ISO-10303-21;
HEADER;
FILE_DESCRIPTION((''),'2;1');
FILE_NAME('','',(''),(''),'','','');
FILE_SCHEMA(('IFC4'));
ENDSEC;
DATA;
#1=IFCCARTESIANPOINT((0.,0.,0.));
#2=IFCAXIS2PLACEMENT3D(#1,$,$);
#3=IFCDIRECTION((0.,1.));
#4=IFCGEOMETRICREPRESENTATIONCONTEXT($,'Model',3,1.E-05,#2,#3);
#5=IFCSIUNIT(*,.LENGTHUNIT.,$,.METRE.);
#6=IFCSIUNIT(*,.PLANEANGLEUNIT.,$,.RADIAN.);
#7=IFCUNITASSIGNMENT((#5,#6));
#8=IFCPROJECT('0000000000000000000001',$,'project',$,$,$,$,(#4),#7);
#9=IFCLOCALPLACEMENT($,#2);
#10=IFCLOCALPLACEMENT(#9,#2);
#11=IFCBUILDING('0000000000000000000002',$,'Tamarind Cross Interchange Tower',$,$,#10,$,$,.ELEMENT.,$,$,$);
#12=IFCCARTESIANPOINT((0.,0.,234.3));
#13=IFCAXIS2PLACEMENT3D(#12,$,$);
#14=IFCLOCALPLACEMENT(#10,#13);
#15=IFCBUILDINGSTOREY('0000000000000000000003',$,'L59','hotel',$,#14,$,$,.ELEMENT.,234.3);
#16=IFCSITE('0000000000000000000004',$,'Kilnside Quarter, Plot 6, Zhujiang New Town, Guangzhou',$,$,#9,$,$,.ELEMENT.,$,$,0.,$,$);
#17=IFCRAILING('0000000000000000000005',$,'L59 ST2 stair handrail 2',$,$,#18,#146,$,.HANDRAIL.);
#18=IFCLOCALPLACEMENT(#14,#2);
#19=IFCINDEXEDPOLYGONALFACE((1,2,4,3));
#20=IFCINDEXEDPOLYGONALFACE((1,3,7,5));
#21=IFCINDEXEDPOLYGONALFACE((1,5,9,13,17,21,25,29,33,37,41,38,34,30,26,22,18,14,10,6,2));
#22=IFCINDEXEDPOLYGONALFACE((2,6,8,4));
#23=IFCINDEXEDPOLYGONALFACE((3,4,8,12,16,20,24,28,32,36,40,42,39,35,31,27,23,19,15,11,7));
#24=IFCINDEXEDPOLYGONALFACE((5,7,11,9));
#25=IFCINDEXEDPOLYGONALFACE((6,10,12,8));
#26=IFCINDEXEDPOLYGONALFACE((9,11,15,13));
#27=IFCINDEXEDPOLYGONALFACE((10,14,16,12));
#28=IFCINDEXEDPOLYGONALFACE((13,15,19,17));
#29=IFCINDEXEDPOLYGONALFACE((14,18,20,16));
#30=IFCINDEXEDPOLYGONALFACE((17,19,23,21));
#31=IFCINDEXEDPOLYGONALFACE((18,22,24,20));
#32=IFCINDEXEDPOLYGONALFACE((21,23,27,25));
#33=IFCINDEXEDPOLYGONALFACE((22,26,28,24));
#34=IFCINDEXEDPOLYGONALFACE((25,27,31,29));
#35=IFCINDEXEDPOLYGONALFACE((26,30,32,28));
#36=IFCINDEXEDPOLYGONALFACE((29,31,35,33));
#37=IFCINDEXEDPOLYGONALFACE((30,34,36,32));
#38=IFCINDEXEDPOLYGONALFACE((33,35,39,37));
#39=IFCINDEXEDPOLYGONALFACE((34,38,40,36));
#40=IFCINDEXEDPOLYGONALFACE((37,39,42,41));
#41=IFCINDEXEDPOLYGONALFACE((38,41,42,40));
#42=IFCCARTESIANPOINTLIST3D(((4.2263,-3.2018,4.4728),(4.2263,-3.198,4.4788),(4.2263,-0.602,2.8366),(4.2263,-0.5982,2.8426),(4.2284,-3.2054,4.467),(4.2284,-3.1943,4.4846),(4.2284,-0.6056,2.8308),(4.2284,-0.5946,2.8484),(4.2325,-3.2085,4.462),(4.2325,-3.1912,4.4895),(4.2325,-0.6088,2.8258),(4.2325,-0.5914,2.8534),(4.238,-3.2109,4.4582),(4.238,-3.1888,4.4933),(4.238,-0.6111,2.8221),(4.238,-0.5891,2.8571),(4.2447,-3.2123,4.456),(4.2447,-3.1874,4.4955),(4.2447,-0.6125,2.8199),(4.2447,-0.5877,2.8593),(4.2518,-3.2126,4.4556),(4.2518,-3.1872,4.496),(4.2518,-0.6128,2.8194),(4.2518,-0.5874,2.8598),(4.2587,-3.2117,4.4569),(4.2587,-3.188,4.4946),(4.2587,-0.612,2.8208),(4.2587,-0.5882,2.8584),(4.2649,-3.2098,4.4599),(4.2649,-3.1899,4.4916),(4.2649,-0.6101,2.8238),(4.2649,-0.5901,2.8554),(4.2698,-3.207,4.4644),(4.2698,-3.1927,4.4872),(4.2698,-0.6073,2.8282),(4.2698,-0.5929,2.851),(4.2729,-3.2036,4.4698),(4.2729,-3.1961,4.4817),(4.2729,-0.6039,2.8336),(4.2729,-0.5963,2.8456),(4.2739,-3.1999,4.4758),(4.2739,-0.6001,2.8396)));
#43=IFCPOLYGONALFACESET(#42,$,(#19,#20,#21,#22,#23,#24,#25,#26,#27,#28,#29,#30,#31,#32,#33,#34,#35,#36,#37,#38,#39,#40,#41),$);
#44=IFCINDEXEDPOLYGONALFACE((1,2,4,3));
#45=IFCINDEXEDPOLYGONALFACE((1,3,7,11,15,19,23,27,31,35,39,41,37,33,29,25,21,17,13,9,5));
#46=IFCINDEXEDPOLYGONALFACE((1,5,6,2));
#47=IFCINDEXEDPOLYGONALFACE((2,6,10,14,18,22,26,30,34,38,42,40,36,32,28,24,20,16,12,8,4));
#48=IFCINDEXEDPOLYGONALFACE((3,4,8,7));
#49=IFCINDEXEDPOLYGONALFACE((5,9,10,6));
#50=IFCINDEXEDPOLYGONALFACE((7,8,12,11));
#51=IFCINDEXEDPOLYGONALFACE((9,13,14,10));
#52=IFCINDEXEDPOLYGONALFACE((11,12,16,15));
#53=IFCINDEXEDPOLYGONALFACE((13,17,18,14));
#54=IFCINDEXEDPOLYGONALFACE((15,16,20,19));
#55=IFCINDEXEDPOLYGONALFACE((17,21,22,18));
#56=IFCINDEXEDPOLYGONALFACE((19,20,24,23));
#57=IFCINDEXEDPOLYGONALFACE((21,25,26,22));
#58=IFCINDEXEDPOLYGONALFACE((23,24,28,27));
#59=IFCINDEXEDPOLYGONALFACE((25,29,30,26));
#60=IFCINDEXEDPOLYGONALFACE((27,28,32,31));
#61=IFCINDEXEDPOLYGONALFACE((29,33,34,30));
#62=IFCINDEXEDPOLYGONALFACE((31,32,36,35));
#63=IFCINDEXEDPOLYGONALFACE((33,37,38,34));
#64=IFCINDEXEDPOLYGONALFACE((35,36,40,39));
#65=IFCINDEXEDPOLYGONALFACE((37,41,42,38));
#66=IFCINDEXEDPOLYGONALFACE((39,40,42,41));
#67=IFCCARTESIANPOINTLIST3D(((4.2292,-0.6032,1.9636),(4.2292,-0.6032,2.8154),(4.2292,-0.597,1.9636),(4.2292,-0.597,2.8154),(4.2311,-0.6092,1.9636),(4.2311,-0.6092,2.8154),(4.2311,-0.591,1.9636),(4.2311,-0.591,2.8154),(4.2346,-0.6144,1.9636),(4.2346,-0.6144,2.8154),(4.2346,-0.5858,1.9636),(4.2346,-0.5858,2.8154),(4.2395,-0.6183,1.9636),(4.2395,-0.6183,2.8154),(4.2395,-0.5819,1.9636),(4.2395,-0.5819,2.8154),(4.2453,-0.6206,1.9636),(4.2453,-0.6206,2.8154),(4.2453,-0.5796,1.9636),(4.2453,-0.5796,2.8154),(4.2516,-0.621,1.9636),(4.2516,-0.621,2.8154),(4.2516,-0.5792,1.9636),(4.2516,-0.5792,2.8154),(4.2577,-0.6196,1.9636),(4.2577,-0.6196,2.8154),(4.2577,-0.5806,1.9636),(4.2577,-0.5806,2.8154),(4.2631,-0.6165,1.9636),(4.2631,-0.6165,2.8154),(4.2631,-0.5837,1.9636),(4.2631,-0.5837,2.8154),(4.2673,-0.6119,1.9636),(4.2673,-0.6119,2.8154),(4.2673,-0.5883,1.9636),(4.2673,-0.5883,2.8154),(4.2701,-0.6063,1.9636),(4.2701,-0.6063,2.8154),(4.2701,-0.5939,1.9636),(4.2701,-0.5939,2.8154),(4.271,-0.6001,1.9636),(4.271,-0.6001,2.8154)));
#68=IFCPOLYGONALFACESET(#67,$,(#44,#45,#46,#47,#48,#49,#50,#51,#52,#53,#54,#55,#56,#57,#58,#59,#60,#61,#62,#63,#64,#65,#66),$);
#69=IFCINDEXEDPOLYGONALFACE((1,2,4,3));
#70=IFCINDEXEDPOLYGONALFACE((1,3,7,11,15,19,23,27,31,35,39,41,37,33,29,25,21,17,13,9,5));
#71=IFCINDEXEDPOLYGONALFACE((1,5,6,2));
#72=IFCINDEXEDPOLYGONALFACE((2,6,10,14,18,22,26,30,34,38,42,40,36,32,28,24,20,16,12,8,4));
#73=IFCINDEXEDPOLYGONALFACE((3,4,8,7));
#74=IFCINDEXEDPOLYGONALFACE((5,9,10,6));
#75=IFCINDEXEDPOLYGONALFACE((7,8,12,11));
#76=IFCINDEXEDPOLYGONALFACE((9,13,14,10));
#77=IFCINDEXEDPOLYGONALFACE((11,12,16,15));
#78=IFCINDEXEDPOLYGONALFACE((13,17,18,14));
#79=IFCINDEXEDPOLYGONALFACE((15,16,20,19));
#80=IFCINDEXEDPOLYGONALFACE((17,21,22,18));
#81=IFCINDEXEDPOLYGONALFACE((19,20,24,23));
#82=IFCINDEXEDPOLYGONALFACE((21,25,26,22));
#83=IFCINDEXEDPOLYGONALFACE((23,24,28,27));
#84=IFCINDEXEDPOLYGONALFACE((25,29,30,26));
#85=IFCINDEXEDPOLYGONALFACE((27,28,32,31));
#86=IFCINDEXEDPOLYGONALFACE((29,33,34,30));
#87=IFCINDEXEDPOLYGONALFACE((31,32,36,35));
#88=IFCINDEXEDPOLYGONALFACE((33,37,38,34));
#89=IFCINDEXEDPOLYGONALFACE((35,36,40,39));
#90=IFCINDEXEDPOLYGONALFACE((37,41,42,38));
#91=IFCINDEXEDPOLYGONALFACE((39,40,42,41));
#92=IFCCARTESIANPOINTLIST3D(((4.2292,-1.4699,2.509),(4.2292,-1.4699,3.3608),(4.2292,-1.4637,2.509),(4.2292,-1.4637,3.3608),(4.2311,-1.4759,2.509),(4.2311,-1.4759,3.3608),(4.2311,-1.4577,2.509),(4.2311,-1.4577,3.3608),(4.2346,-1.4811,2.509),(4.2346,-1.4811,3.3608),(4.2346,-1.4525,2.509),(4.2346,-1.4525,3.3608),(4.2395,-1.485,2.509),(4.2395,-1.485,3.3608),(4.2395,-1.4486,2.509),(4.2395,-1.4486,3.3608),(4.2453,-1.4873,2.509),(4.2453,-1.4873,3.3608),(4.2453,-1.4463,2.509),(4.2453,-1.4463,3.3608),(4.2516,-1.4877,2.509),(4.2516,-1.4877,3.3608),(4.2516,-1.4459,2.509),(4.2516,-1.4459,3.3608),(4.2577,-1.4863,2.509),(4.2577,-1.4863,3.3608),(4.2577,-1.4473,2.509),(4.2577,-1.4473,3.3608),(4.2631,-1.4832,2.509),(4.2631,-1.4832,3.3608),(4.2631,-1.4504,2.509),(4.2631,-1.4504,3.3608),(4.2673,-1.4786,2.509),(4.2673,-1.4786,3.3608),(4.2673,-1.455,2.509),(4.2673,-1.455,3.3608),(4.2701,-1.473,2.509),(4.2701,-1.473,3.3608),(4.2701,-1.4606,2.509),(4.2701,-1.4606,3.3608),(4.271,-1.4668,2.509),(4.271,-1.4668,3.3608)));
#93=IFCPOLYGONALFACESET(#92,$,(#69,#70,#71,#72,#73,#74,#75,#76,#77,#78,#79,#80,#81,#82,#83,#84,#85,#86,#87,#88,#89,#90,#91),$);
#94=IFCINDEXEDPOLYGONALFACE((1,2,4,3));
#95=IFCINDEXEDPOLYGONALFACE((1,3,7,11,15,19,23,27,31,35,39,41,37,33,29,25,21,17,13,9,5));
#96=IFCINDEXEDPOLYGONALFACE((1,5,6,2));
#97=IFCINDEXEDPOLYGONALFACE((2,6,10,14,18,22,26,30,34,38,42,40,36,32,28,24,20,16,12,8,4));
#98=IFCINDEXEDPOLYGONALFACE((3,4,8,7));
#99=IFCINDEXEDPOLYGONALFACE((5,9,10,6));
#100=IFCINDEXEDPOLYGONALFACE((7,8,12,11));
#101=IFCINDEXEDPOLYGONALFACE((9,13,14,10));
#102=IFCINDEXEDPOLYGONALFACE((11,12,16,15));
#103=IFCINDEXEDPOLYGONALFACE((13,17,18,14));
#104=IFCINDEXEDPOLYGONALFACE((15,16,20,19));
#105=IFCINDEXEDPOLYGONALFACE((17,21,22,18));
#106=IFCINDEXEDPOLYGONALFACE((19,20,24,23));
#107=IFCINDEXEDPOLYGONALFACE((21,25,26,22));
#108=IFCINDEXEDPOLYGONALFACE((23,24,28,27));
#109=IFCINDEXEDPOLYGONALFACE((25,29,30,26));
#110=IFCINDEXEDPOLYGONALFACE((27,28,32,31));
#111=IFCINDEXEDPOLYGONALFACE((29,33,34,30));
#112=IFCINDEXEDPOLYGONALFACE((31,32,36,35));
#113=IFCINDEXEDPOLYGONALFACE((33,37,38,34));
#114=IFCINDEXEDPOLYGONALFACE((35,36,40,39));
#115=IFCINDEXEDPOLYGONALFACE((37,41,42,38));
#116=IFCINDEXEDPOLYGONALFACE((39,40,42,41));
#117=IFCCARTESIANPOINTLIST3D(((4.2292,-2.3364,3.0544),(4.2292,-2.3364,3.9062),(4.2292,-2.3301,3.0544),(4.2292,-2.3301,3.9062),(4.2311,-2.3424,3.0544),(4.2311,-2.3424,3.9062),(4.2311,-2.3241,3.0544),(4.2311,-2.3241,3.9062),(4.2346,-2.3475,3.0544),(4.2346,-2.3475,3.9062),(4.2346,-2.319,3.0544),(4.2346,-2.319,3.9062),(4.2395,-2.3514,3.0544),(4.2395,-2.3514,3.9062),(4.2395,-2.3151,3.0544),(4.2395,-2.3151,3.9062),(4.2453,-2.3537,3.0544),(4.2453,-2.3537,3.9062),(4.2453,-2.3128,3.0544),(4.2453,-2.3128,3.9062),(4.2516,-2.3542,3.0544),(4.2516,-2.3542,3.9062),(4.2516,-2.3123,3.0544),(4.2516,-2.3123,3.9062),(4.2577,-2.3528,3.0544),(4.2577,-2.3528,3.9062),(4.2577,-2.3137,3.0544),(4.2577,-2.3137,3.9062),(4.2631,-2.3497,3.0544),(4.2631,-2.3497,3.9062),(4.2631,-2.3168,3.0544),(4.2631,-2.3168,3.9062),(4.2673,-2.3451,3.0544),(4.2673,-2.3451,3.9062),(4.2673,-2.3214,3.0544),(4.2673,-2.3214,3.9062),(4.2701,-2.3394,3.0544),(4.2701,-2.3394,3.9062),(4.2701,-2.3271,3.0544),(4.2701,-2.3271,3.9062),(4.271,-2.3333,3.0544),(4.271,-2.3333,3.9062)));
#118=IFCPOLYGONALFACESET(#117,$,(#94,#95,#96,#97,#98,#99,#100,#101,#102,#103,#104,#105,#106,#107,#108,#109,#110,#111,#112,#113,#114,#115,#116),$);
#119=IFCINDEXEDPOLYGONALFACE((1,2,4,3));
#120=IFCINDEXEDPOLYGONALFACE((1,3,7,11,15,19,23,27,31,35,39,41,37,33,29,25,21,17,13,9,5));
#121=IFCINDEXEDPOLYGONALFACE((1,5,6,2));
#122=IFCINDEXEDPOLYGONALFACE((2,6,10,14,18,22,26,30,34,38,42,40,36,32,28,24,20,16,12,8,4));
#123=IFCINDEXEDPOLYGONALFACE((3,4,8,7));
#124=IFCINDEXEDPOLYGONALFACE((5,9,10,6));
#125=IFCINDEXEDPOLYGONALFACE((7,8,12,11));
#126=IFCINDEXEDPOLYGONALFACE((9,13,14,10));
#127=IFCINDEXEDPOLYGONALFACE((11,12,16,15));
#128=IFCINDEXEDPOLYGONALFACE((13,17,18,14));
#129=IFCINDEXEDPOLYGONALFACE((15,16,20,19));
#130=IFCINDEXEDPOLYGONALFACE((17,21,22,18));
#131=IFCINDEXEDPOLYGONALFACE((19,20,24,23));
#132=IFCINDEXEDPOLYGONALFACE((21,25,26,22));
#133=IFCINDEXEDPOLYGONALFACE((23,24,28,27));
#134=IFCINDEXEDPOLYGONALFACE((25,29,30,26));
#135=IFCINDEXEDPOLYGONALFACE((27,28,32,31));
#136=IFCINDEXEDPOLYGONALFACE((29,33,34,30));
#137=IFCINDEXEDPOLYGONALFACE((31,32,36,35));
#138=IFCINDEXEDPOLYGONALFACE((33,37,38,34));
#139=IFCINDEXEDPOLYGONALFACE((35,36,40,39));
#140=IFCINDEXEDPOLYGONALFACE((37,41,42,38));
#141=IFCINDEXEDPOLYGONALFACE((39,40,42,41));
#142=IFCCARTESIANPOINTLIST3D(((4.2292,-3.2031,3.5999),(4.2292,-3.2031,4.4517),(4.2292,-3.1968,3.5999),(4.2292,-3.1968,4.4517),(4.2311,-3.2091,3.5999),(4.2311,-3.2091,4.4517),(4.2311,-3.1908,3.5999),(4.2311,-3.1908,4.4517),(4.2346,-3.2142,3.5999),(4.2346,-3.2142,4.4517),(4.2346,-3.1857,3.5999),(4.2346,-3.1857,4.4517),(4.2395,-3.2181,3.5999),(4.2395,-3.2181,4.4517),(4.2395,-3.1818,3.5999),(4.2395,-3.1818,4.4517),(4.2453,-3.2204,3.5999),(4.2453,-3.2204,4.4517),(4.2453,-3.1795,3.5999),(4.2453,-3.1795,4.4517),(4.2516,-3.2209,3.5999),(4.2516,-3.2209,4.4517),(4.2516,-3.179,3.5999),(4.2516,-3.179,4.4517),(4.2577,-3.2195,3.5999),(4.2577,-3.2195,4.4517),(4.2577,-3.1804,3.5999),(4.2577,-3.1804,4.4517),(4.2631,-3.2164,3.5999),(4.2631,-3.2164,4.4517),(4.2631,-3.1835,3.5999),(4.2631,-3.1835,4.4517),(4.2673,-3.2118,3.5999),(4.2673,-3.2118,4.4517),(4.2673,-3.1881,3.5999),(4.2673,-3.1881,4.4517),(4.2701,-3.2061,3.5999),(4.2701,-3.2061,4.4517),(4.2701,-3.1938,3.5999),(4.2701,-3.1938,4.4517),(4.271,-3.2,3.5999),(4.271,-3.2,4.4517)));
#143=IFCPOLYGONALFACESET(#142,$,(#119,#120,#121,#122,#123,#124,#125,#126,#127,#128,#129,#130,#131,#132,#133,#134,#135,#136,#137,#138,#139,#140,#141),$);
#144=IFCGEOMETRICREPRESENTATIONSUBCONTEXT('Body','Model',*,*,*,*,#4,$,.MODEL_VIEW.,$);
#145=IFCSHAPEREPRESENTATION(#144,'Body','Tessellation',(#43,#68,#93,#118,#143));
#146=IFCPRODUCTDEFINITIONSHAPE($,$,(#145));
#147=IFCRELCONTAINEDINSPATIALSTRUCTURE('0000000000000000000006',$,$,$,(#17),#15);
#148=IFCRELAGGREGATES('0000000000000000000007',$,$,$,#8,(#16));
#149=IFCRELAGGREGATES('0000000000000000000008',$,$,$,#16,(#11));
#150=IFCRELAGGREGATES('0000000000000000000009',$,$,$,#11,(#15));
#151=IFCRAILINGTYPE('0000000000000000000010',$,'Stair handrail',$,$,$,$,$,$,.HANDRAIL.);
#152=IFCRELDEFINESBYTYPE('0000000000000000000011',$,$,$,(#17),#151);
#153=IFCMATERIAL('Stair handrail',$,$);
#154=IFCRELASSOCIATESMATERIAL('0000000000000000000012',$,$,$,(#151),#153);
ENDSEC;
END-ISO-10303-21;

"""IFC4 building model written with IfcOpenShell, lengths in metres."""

from ifc_helpers import new_model, si_unit, direction, frame, origin, origin_2d, place, context, subcontext, project, spatial, circle, extrude, material, type_object, element, save


model = new_model("IFC4")

# Units and contexts
model_context = context("Model", 3, precision=1e-05, world=origin(), true_north=direction((0.0, 1.0)))
body_context = subcontext(model_context, "Body", "Model", "MODEL_VIEW")
ifc_project = project(units=[si_unit("LENGTHUNIT", "METRE"), si_unit("PLANEANGLEUNIT", "RADIAN")], contexts=[model_context])

# Site, building, storey
site_placement = place(None, origin())
site = spatial("IfcSite", under=ifc_project, at=site_placement, Name="Kilnside Quarter, Plot 6, Zhujiang New Town, Guangzhou", CompositionType="ELEMENT", RefElevation=0.0)
building_placement = place(site_placement, origin())
building = spatial("IfcBuilding", under=site, at=building_placement, Name="Tamarind Cross Interchange Tower", CompositionType="ELEMENT")
storey_placement = place(building_placement, frame((0.0, 0.0, 234.3)))
storey = spatial("IfcBuildingStorey", under=building, at=storey_placement, Name="L59", Description="hotel", CompositionType="ELEMENT", Elevation=234.3)

# Railing
ifc_material_1 = material(Name="Stair handrail")
railing_type_1 = type_object("IfcRailingType", Name="Stair handrail", PredefinedType="HANDRAIL", material=ifc_material_1)
railing_1_placement = place(storey_placement, frame((4.25, -0.6001, 1.9636)))
element("IfcRailing", 1, at=railing_1_placement, inside=storey, type_object=railing_type_1, Name="L59 ST2 stair handrail 2", PredefinedType="HANDRAIL", context=body_context, shape_type="SweptSolid", body=[
    extrude(circle(Radius=0.0239, at=origin_2d()), frame((0.0, 0.0, 0.876), z_axis=(0.0, -0.846338, 0.532647), x_axis=(1.0, 0.0, 0.0)), (0.0, 0.0, 1.0), 3.0718),
    extrude(circle(Radius=0.021, at=origin_2d()), origin(), (0.0, 0.0, 1.0), 0.8518),
    extrude(circle(Radius=0.021, at=origin_2d()), frame((0.0, -0.8667, 0.5454)), (0.0, 0.0, 1.0), 0.8518),
    extrude(circle(Radius=0.021, at=origin_2d()), frame((0.0, -1.7332, 1.0908)), (0.0, 0.0, 1.0), 0.8518),
    extrude(circle(Radius=0.021, at=origin_2d()), frame((0.0, -2.5999, 1.6362)), (0.0, 0.0, 1.0), 0.8518),
])

save(model, "model.ifc")
